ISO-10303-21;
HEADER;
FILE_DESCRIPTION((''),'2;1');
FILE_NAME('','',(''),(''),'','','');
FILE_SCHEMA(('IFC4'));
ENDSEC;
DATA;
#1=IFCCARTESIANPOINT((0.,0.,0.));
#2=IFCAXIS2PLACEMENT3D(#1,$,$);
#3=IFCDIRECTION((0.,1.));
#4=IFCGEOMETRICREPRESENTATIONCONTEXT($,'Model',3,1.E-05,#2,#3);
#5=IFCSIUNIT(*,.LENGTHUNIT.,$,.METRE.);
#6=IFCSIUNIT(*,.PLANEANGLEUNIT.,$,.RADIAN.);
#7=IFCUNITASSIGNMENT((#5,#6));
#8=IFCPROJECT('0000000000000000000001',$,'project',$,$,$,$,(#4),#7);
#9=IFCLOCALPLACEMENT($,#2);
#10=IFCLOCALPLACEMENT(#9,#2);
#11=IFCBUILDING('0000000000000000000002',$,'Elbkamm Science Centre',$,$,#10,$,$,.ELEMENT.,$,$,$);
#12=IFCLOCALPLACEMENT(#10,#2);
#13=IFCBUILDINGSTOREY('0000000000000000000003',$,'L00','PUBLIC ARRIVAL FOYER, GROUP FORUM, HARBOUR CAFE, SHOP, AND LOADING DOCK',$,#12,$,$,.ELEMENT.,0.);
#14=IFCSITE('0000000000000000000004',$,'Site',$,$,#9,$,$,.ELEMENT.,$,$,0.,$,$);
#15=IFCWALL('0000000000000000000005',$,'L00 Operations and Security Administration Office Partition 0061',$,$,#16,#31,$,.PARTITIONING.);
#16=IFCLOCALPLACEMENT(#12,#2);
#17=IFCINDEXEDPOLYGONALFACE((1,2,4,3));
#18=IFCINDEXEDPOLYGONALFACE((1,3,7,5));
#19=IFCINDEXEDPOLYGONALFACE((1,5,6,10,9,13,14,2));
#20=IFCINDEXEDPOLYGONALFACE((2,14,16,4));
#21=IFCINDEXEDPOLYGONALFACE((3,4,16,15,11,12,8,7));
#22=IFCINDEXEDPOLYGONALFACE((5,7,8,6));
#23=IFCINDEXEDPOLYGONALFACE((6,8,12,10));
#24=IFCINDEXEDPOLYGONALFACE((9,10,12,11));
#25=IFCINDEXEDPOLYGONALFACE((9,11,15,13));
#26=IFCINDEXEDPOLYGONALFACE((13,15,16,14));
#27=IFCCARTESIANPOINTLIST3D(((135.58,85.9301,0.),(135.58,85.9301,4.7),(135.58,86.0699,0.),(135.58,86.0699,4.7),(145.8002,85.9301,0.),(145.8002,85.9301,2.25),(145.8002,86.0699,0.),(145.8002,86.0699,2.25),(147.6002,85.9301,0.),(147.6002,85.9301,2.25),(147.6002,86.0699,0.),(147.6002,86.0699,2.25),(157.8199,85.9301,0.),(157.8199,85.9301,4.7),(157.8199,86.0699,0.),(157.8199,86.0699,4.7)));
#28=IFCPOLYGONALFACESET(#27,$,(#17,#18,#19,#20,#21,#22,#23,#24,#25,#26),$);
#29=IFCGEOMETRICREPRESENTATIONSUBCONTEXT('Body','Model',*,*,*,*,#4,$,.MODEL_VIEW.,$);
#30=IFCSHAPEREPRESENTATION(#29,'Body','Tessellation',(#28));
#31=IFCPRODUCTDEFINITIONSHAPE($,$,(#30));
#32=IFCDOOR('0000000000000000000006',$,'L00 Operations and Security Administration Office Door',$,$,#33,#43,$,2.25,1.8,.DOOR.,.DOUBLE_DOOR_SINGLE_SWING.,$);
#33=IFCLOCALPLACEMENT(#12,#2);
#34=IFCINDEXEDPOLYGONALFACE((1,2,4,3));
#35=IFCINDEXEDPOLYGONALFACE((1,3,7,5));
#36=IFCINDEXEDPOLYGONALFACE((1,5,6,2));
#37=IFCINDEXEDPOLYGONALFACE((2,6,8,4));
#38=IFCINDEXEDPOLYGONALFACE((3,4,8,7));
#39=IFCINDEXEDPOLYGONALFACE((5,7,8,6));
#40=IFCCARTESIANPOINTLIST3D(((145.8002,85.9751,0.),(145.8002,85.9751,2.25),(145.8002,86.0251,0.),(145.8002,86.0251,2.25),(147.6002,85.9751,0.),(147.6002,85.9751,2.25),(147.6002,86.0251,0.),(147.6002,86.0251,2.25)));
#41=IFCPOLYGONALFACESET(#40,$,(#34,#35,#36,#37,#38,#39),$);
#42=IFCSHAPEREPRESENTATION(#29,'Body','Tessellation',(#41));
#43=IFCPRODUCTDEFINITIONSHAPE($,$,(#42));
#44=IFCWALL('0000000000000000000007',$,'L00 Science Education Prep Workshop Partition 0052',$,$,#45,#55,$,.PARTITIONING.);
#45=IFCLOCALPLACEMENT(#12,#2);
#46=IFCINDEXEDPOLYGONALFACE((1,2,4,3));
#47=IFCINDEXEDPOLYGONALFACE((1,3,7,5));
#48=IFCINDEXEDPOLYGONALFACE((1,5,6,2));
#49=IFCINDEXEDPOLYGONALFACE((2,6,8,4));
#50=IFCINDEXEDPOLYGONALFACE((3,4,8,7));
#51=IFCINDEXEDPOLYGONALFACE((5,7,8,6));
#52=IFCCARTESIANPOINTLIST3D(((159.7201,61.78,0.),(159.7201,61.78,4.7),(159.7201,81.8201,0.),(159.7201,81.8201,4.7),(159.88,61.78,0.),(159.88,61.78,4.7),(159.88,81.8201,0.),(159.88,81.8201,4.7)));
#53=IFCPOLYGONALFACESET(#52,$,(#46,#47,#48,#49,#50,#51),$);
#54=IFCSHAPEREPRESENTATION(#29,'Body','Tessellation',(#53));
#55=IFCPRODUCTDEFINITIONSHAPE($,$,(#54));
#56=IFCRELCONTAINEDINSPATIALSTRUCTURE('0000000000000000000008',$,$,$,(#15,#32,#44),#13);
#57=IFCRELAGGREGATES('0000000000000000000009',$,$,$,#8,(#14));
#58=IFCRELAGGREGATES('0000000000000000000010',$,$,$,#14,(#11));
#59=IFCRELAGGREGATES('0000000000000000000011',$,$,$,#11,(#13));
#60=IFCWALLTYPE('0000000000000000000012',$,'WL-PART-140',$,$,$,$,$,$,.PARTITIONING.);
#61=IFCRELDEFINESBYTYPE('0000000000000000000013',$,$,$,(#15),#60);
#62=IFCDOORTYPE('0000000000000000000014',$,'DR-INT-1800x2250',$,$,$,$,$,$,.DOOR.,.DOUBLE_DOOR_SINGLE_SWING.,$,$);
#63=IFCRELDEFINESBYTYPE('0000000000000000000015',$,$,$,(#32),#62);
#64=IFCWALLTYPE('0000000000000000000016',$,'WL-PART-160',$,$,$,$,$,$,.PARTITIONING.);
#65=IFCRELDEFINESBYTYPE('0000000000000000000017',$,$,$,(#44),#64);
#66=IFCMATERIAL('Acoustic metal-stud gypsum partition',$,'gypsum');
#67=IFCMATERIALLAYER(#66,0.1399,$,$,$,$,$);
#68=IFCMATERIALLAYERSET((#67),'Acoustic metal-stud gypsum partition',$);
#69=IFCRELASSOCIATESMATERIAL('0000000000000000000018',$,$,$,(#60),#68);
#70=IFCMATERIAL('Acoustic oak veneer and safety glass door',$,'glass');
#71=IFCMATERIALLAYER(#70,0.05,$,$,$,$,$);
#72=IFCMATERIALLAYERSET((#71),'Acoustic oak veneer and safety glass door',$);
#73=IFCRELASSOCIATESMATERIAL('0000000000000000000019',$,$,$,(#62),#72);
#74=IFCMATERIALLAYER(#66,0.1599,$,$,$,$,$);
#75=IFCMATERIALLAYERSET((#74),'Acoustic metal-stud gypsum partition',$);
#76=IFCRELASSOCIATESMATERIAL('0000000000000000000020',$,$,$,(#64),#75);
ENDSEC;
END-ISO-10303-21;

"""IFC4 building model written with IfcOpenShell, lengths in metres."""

from ifc_helpers import new_model, si_unit, direction, frame, frame_2d, origin, place, context, subcontext, project, spatial, rectangle, extrude, material, layer, layer_set, type_object, element, fill, save


model = new_model("IFC4")

# Units and contexts
model_context = context("Model", 3, precision=1e-05, world=origin(), true_north=direction((0.0, 1.0)))
body_context = subcontext(model_context, "Body", "Model", "MODEL_VIEW")
ifc_project = project(units=[si_unit("LENGTHUNIT", "METRE"), si_unit("PLANEANGLEUNIT", "RADIAN")], contexts=[model_context])

# Site, building, storey
site_placement = place(None, origin())
site = spatial("IfcSite", under=ifc_project, at=site_placement, Name="Site", CompositionType="ELEMENT", RefElevation=0.0)
building_placement = place(site_placement, origin())
building = spatial("IfcBuilding", under=site, at=building_placement, Name="Elbkamm Science Centre", CompositionType="ELEMENT")
storey_placement = place(building_placement, origin())
storey = spatial("IfcBuildingStorey", under=building, at=storey_placement, Name="L00", Description="PUBLIC ARRIVAL FOYER, GROUP FORUM, HARBOUR CAFE, SHOP, AND LOADING DOCK", CompositionType="ELEMENT", Elevation=0.0)

# Wall, opening, door
ifc_material_1 = material(Name="Acoustic metal-stud gypsum partition", Category="gypsum")
ifc_layer_1 = layer(ifc_material_1, 0.1399)
ifc_layer_set_1 = layer_set([ifc_layer_1], Name="Acoustic metal-stud gypsum partition")
wall_type_1 = type_object("IfcWallType", Name="WL-PART-140", PredefinedType="PARTITIONING", material=ifc_layer_set_1)
wall_1_placement = place(storey_placement, frame((157.8201, 86.0, 0.0), z_axis=(0.0, 0.0, 1.0), x_axis=(-1.0, 0.0, 0.0)))
wall_1 = element("IfcWall", 1, at=wall_1_placement, inside=storey, type_object=wall_type_1, Name="L00 Operations and Security Administration Office Partition 0061", PredefinedType="PARTITIONING", context=body_context, shape_type="SweptSolid", body=[
    extrude(rectangle(XDim=22.24, YDim=0.1399, at=frame_2d((11.1201, 0.0))), origin(), (0.0, 0.0, 1.0), 4.7),
])
opening_placement = place(wall_1_placement, frame((10.22, 0.0, 0.0)))
opening = element("IfcOpeningElement", 2, at=opening_placement, cuts=wall_1, PredefinedType="OPENING", context=body_context, shape_type="SweptSolid", body=[
    extrude(rectangle(XDim=1.8, YDim=2.25, at=frame_2d((0.8999, 1.125))), frame((0.0, 0.082, 0.0), z_axis=(0.0, -1.0, 0.0), x_axis=(1.0, 0.0, 0.0)), (0.0, 0.0, 1.0), 0.1638),
])
ifc_material_2 = material(Name="Acoustic oak veneer and safety glass door", Category="glass")
ifc_layer_2 = layer(ifc_material_2, 0.05)
ifc_layer_set_2 = layer_set([ifc_layer_2], Name="Acoustic oak veneer and safety glass door")
door_type = type_object("IfcDoorType", Name="DR-INT-1800x2250", OperationType="DOUBLE_DOOR_SINGLE_SWING", PredefinedType="DOOR", material=ifc_layer_set_2)
door_placement = place(opening_placement, origin())
door = element("IfcDoor", 3, at=door_placement, inside=storey, type_object=door_type, Name="L00 Operations and Security Administration Office Door", OperationType="DOUBLE_DOOR_SINGLE_SWING", OverallHeight=2.25, OverallWidth=1.8, PredefinedType="DOOR", context=body_context, shape_type="SweptSolid", body=[
    extrude(rectangle(XDim=1.8, YDim=2.25, at=frame_2d((0.8999, 1.125))), frame((0.0, 0.0249, 0.0), z_axis=(0.0, -1.0, 0.0), x_axis=(1.0, 0.0, 0.0)), (0.0, 0.0, 1.0), 0.05),
])
fill(opening, door)

# Wall
ifc_layer_3 = layer(ifc_material_1, 0.1599)
ifc_layer_set_3 = layer_set([ifc_layer_3], Name="Acoustic metal-stud gypsum partition")
wall_type_2 = type_object("IfcWallType", Name="WL-PART-160", PredefinedType="PARTITIONING", material=ifc_layer_set_3)
wall_2_placement = place(storey_placement, frame((159.8, 81.8201, 0.0), z_axis=(0.0, 0.0, 1.0), x_axis=(0.0, -1.0, 0.0)))
element("IfcWall", 4, at=wall_2_placement, inside=storey, type_object=wall_type_2, Name="L00 Science Education Prep Workshop Partition 0052", PredefinedType="PARTITIONING", context=body_context, shape_type="SweptSolid", body=[
    extrude(rectangle(XDim=20.04, YDim=0.1599, at=frame_2d((10.02, 0.0))), origin(), (0.0, 0.0, 1.0), 4.7),
])

save(model, "model.ifc")
